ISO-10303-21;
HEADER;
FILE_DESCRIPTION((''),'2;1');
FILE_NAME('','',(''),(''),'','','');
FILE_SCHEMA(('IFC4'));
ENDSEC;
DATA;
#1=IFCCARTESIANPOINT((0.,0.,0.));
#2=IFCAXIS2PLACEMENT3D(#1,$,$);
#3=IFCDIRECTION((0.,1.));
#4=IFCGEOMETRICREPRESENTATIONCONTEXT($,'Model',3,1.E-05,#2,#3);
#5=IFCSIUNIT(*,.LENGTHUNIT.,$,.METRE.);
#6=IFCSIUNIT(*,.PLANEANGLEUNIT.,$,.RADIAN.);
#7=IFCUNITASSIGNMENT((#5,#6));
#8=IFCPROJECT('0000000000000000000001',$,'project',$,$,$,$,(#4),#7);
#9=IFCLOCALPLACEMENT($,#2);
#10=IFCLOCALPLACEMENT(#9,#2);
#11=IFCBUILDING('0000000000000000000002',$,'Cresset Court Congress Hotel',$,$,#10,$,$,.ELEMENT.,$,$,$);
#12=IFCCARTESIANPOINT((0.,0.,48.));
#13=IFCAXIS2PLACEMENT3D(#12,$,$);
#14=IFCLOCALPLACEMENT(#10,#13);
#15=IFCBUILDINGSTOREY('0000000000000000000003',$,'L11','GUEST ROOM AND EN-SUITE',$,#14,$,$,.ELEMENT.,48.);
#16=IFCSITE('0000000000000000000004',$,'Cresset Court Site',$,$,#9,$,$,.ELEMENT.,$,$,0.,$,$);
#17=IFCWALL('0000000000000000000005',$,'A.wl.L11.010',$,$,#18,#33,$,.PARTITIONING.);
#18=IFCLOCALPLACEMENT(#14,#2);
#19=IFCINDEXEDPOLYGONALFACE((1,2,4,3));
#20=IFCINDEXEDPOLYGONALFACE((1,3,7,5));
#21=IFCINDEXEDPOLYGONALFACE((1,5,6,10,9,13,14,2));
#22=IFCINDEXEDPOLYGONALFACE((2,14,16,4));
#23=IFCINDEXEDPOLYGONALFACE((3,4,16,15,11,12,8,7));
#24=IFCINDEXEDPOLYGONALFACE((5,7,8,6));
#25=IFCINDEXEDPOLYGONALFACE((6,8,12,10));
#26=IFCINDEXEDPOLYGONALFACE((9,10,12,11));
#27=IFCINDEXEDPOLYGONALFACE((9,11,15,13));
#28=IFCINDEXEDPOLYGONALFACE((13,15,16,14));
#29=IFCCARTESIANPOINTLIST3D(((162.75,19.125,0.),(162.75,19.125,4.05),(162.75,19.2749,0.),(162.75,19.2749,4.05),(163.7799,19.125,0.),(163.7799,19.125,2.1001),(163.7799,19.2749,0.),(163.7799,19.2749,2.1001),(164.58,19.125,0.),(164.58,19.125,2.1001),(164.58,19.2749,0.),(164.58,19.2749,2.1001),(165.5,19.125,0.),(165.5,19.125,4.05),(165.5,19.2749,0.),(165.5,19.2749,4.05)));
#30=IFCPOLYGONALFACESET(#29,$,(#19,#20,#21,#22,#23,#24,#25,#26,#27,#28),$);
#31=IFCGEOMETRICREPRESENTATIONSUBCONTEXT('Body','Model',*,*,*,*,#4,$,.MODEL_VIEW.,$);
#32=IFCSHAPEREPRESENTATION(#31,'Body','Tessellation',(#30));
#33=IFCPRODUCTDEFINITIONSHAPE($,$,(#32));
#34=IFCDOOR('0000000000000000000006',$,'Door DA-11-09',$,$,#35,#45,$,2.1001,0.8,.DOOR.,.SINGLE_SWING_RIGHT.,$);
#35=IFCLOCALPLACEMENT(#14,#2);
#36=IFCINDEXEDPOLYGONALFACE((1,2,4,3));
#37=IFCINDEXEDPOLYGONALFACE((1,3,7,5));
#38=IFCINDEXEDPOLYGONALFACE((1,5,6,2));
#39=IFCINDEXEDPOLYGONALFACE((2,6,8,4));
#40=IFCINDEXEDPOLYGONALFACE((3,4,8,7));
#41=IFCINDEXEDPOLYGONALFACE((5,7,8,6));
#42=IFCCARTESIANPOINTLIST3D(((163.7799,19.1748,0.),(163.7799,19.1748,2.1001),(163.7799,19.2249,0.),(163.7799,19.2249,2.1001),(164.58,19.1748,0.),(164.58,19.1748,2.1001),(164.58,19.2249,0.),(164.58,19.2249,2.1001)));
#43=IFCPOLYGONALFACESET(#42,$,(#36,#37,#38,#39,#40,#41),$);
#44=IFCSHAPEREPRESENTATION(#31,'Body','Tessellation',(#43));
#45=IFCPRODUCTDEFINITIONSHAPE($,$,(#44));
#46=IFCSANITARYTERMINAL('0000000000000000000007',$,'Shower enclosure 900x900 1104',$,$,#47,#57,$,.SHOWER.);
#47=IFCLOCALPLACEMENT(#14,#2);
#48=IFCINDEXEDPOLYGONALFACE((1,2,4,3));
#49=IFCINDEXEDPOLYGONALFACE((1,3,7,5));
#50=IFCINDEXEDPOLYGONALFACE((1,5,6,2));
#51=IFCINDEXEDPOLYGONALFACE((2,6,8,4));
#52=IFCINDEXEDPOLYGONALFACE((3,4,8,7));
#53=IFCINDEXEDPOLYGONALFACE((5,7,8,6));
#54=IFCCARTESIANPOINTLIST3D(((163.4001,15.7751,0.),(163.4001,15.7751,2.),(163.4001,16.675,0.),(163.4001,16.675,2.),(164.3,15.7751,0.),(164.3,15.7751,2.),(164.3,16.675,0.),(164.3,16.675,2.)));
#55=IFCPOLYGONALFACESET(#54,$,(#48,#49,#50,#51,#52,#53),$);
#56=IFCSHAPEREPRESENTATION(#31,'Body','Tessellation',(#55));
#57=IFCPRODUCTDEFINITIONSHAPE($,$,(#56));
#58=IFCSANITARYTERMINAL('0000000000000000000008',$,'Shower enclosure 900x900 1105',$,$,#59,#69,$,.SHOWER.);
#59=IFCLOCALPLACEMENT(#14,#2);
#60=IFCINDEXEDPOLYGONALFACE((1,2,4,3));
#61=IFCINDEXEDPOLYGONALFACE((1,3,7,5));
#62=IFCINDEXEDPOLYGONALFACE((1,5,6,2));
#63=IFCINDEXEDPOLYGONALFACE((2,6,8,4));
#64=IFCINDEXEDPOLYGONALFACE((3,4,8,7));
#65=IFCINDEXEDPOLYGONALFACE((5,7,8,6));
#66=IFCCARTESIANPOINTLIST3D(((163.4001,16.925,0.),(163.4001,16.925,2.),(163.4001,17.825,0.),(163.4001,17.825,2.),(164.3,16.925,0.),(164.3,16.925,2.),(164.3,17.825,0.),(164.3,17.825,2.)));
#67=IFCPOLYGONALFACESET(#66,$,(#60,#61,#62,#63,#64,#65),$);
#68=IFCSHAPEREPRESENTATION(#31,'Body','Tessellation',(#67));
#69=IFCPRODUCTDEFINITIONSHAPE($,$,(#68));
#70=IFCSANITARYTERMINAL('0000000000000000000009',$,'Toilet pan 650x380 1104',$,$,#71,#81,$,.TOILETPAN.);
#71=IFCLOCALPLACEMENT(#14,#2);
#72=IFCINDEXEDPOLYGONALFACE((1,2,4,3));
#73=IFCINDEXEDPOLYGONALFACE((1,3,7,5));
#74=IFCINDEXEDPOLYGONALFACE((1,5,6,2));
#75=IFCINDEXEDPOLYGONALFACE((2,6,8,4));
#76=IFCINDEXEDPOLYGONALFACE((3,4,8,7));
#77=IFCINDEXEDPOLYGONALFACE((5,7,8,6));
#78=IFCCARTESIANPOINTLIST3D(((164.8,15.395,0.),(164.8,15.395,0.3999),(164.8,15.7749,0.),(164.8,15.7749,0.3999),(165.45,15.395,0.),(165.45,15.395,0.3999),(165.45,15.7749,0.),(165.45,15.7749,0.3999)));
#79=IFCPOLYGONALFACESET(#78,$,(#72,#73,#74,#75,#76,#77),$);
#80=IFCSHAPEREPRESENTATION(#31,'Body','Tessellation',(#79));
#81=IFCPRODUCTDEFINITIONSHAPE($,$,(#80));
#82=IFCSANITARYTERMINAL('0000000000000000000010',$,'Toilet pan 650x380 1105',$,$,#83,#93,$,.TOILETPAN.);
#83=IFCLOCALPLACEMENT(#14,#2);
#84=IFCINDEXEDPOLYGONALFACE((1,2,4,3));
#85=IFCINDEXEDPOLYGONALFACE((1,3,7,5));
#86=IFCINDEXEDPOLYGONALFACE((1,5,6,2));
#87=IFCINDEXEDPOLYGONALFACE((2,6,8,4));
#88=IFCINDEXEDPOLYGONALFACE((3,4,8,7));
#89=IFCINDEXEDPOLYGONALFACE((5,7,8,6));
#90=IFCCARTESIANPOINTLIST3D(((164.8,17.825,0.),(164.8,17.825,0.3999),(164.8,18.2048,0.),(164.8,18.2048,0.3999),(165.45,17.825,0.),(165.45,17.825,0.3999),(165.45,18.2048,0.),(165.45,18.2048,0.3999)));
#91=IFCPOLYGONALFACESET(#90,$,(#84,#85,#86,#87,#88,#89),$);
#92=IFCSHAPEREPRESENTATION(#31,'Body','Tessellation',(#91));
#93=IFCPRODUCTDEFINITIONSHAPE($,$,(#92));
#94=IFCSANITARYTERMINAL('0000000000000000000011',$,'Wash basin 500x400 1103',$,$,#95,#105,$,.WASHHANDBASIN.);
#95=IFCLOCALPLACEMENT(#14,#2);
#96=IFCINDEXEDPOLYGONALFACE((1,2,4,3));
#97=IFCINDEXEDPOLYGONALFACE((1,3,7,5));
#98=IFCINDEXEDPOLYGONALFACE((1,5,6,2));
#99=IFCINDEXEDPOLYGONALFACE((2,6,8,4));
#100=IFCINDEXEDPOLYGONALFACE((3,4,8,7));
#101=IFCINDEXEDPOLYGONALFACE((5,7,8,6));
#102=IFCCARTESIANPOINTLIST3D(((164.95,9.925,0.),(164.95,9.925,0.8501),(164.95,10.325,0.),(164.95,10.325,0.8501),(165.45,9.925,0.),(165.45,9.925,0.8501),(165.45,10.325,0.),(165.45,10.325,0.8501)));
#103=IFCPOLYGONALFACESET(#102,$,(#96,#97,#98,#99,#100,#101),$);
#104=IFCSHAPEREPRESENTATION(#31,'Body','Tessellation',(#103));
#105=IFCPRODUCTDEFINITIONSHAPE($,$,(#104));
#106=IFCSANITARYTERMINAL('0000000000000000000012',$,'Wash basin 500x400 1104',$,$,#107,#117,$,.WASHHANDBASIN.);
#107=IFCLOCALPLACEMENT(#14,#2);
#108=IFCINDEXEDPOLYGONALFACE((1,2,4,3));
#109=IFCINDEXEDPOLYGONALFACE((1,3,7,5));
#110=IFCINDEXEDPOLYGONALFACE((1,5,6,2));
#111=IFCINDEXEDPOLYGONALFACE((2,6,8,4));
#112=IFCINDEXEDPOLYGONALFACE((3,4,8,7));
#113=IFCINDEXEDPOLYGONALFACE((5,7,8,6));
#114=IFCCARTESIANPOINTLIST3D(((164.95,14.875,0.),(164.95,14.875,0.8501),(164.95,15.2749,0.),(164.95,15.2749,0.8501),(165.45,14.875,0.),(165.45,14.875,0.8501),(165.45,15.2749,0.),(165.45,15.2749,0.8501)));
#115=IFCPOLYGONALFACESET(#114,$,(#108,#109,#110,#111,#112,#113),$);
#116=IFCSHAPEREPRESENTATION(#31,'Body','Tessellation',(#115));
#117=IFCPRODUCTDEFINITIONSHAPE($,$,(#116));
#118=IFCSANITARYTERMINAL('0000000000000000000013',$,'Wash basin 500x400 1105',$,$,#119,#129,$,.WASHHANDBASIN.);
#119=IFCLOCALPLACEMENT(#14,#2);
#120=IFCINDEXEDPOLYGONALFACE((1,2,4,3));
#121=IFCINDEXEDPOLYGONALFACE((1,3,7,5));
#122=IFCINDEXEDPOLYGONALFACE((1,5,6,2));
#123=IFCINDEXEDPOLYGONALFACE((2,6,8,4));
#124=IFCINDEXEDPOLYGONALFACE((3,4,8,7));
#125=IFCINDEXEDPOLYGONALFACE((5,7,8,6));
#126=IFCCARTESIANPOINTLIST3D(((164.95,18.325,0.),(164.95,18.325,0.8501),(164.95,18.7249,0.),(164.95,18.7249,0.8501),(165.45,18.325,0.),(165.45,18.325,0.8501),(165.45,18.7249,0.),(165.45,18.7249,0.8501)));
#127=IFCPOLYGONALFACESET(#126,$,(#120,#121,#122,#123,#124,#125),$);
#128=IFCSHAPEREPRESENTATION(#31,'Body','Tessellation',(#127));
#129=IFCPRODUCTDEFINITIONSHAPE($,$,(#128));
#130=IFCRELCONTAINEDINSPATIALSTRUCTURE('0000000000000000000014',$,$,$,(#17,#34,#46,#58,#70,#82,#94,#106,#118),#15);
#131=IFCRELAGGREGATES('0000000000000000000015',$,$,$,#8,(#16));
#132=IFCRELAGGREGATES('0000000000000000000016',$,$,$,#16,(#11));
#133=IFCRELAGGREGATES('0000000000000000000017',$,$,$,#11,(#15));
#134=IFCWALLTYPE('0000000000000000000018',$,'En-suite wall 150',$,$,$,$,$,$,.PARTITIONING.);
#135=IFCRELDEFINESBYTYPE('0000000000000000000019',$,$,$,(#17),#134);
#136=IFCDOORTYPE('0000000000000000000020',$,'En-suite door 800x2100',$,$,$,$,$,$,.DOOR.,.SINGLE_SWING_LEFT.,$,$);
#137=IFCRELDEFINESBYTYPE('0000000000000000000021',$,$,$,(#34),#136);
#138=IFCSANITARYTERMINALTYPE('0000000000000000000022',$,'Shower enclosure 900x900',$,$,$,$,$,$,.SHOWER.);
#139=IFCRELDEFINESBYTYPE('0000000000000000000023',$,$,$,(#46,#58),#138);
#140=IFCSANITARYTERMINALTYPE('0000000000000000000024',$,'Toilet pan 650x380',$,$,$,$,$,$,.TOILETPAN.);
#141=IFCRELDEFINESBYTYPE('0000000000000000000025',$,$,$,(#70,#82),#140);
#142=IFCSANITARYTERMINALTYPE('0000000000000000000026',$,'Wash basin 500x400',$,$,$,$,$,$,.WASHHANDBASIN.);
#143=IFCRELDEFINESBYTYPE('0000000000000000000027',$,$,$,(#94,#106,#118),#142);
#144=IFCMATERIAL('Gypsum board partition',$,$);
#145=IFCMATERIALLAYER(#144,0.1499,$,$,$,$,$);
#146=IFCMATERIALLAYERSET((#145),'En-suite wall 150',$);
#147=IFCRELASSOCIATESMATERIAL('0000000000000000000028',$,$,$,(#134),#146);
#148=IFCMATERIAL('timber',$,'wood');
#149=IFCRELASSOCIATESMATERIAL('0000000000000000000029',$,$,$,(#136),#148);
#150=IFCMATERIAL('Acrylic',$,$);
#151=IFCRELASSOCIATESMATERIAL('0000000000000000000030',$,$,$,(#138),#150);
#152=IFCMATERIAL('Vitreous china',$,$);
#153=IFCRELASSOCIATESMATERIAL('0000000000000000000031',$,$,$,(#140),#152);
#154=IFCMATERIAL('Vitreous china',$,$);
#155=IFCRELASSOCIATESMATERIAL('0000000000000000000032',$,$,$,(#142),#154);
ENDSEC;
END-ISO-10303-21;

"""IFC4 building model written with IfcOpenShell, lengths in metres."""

from ifc_helpers import new_model, si_unit, direction, frame, frame_2d, origin, origin_2d, place, context, subcontext, project, spatial, rectangle, extrude, material, layer, layer_set, type_object, element, fill, save


model = new_model("IFC4")

# Units and contexts
model_context = context("Model", 3, precision=1e-05, world=origin(), true_north=direction((0.0, 1.0)))
body_context = subcontext(model_context, "Body", "Model", "MODEL_VIEW")
ifc_project = project(units=[si_unit("LENGTHUNIT", "METRE"), si_unit("PLANEANGLEUNIT", "RADIAN")], contexts=[model_context])

# Site, building, storey
site_placement = place(None, origin())
site = spatial("IfcSite", under=ifc_project, at=site_placement, Name="Cresset Court Site", CompositionType="ELEMENT", RefElevation=0.0)
building_placement = place(site_placement, origin())
building = spatial("IfcBuilding", under=site, at=building_placement, Name="Cresset Court Congress Hotel", CompositionType="ELEMENT")
storey_placement = place(building_placement, frame((0.0, 0.0, 48.0)))
storey = spatial("IfcBuildingStorey", under=building, at=storey_placement, Name="L11", Description="GUEST ROOM AND EN-SUITE", CompositionType="ELEMENT", Elevation=48.0)

# Shared definitions
ifc_material_1 = material(Name="Gypsum board partition")
ifc_layer = layer(ifc_material_1, 0.1499)
ifc_layer_set = layer_set([ifc_layer], Name="En-suite wall 150")
wall_type = type_object("IfcWallType", Name="En-suite wall 150", PredefinedType="PARTITIONING", material=ifc_layer_set)
ifc_material_2 = material(Name="timber", Category="wood")
door_type = type_object("IfcDoorType", Name="En-suite door 800x2100", OperationType="SINGLE_SWING_LEFT", PredefinedType="DOOR", material=ifc_material_2)

# Wall, opening, door
wall_1_placement = place(storey_placement, frame((162.75, 19.2, 0.0), z_axis=(0.0, 0.0, 1.0), x_axis=(1.0, 0.0, 0.0)))
wall_1 = element("IfcWall", 1, at=wall_1_placement, inside=storey, type_object=wall_type, Name="A.wl.L11.010", PredefinedType="PARTITIONING", context=body_context, shape_type="SweptSolid", body=[
    extrude(rectangle(XDim=2.75, YDim=0.1499, at=frame_2d((1.375, 0.0))), origin(), (0.0, 0.0, 1.0), 4.05),
])
opening_1_placement = place(wall_1_placement, frame((1.03, 0.0, 0.0)))
opening_1 = element("IfcOpeningElement", 2, at=opening_1_placement, cuts=wall_1, PredefinedType="OPENING", context=body_context, shape_type="SweptSolid", body=[
    extrude(rectangle(XDim=0.8, YDim=2.1001, at=frame_2d((0.3999, 1.05))), frame((0.0, 0.085, 0.0), z_axis=(0.0, -1.0, 0.0), x_axis=(1.0, 0.0, 0.0)), (0.0, 0.0, 1.0), 0.1699),
])
door_1_placement = place(opening_1_placement, origin())
door_1 = element("IfcDoor", 3, at=door_1_placement, inside=storey, type_object=door_type, Name="Door DA-11-09", OperationType="SINGLE_SWING_RIGHT", OverallHeight=2.1001, OverallWidth=0.8, PredefinedType="DOOR", context=body_context, shape_type="SweptSolid", body=[
    extrude(rectangle(XDim=0.8, YDim=2.1001, at=frame_2d((0.3999, 1.05))), frame((0.0, 0.0249, 0.0), z_axis=(0.0, -1.0, 0.0), x_axis=(1.0, 0.0, 0.0)), (0.0, 0.0, 1.0), 0.05),
])
fill(opening_1, door_1)

# Sanitary terminals
ifc_material_3 = material(Name="Acrylic")
sanitary_terminal_type_1 = type_object("IfcSanitaryTerminalType", Name="Shower enclosure 900x900", PredefinedType="SHOWER", material=ifc_material_3)
for number, where, z_axis, x_axis, name in (
    (4, (163.8501, 16.2251, 0.0), (0.0, 0.0, 1.0), (1.0, 0.0, 0.0), "Shower enclosure 900x900 1104"),
    (5, (163.8501, 17.375, 0.0), (0.0, 0.0, 1.0), (1.0, 0.0, 0.0), "Shower enclosure 900x900 1105"),
):
    element("IfcSanitaryTerminal", number, at=place(storey_placement, frame(where, z_axis=z_axis, x_axis=x_axis)), inside=storey, type_object=sanitary_terminal_type_1, Name=name, PredefinedType="SHOWER", context=body_context, shape_type="SweptSolid", body=[
        extrude(rectangle(XDim=0.8999, YDim=0.8999, at=origin_2d()), origin(), (0.0, 0.0, 1.0), 2.0),
    ])
ifc_material_4 = material(Name="Vitreous china")
sanitary_terminal_type_2 = type_object("IfcSanitaryTerminalType", Name="Toilet pan 650x380", PredefinedType="TOILETPAN", material=ifc_material_4)
for number, where, z_axis, x_axis, name in (
    (6, (165.125, 15.585, 0.0), (0.0, 0.0, 1.0), (1.0, 0.0, 0.0), "Toilet pan 650x380 1104"),
    (7, (165.125, 18.0149, 0.0), (0.0, 0.0, 1.0), (1.0, 0.0, 0.0), "Toilet pan 650x380 1105"),
):
    element("IfcSanitaryTerminal", number, at=place(storey_placement, frame(where, z_axis=z_axis, x_axis=x_axis)), inside=storey, type_object=sanitary_terminal_type_2, Name=name, PredefinedType="TOILETPAN", context=body_context, shape_type="SweptSolid", body=[
        extrude(rectangle(XDim=0.6499, YDim=0.3799, at=origin_2d()), origin(), (0.0, 0.0, 1.0), 0.3999),
    ])
ifc_material_5 = material(Name="Vitreous china")
sanitary_terminal_type_3 = type_object("IfcSanitaryTerminalType", Name="Wash basin 500x400", PredefinedType="WASHHANDBASIN", material=ifc_material_5)
for number, where, z_axis, x_axis, name in (
    (8, (165.2, 10.125, 0.0), (0.0, 0.0, 1.0), (1.0, 0.0, 0.0), "Wash basin 500x400 1103"),
    (9, (165.2, 15.075, 0.0), (0.0, 0.0, 1.0), (1.0, 0.0, 0.0), "Wash basin 500x400 1104"),
    (10, (165.2, 18.5249, 0.0), (0.0, 0.0, 1.0), (1.0, 0.0, 0.0), "Wash basin 500x400 1105"),
):
    element("IfcSanitaryTerminal", number, at=place(storey_placement, frame(where, z_axis=z_axis, x_axis=x_axis)), inside=storey, type_object=sanitary_terminal_type_3, Name=name, PredefinedType="WASHHANDBASIN", context=body_context, shape_type="SweptSolid", body=[
        extrude(rectangle(XDim=0.5, YDim=0.3999, at=origin_2d()), origin(), (0.0, 0.0, 1.0), 0.8501),
    ])

save(model, "model.ifc")
